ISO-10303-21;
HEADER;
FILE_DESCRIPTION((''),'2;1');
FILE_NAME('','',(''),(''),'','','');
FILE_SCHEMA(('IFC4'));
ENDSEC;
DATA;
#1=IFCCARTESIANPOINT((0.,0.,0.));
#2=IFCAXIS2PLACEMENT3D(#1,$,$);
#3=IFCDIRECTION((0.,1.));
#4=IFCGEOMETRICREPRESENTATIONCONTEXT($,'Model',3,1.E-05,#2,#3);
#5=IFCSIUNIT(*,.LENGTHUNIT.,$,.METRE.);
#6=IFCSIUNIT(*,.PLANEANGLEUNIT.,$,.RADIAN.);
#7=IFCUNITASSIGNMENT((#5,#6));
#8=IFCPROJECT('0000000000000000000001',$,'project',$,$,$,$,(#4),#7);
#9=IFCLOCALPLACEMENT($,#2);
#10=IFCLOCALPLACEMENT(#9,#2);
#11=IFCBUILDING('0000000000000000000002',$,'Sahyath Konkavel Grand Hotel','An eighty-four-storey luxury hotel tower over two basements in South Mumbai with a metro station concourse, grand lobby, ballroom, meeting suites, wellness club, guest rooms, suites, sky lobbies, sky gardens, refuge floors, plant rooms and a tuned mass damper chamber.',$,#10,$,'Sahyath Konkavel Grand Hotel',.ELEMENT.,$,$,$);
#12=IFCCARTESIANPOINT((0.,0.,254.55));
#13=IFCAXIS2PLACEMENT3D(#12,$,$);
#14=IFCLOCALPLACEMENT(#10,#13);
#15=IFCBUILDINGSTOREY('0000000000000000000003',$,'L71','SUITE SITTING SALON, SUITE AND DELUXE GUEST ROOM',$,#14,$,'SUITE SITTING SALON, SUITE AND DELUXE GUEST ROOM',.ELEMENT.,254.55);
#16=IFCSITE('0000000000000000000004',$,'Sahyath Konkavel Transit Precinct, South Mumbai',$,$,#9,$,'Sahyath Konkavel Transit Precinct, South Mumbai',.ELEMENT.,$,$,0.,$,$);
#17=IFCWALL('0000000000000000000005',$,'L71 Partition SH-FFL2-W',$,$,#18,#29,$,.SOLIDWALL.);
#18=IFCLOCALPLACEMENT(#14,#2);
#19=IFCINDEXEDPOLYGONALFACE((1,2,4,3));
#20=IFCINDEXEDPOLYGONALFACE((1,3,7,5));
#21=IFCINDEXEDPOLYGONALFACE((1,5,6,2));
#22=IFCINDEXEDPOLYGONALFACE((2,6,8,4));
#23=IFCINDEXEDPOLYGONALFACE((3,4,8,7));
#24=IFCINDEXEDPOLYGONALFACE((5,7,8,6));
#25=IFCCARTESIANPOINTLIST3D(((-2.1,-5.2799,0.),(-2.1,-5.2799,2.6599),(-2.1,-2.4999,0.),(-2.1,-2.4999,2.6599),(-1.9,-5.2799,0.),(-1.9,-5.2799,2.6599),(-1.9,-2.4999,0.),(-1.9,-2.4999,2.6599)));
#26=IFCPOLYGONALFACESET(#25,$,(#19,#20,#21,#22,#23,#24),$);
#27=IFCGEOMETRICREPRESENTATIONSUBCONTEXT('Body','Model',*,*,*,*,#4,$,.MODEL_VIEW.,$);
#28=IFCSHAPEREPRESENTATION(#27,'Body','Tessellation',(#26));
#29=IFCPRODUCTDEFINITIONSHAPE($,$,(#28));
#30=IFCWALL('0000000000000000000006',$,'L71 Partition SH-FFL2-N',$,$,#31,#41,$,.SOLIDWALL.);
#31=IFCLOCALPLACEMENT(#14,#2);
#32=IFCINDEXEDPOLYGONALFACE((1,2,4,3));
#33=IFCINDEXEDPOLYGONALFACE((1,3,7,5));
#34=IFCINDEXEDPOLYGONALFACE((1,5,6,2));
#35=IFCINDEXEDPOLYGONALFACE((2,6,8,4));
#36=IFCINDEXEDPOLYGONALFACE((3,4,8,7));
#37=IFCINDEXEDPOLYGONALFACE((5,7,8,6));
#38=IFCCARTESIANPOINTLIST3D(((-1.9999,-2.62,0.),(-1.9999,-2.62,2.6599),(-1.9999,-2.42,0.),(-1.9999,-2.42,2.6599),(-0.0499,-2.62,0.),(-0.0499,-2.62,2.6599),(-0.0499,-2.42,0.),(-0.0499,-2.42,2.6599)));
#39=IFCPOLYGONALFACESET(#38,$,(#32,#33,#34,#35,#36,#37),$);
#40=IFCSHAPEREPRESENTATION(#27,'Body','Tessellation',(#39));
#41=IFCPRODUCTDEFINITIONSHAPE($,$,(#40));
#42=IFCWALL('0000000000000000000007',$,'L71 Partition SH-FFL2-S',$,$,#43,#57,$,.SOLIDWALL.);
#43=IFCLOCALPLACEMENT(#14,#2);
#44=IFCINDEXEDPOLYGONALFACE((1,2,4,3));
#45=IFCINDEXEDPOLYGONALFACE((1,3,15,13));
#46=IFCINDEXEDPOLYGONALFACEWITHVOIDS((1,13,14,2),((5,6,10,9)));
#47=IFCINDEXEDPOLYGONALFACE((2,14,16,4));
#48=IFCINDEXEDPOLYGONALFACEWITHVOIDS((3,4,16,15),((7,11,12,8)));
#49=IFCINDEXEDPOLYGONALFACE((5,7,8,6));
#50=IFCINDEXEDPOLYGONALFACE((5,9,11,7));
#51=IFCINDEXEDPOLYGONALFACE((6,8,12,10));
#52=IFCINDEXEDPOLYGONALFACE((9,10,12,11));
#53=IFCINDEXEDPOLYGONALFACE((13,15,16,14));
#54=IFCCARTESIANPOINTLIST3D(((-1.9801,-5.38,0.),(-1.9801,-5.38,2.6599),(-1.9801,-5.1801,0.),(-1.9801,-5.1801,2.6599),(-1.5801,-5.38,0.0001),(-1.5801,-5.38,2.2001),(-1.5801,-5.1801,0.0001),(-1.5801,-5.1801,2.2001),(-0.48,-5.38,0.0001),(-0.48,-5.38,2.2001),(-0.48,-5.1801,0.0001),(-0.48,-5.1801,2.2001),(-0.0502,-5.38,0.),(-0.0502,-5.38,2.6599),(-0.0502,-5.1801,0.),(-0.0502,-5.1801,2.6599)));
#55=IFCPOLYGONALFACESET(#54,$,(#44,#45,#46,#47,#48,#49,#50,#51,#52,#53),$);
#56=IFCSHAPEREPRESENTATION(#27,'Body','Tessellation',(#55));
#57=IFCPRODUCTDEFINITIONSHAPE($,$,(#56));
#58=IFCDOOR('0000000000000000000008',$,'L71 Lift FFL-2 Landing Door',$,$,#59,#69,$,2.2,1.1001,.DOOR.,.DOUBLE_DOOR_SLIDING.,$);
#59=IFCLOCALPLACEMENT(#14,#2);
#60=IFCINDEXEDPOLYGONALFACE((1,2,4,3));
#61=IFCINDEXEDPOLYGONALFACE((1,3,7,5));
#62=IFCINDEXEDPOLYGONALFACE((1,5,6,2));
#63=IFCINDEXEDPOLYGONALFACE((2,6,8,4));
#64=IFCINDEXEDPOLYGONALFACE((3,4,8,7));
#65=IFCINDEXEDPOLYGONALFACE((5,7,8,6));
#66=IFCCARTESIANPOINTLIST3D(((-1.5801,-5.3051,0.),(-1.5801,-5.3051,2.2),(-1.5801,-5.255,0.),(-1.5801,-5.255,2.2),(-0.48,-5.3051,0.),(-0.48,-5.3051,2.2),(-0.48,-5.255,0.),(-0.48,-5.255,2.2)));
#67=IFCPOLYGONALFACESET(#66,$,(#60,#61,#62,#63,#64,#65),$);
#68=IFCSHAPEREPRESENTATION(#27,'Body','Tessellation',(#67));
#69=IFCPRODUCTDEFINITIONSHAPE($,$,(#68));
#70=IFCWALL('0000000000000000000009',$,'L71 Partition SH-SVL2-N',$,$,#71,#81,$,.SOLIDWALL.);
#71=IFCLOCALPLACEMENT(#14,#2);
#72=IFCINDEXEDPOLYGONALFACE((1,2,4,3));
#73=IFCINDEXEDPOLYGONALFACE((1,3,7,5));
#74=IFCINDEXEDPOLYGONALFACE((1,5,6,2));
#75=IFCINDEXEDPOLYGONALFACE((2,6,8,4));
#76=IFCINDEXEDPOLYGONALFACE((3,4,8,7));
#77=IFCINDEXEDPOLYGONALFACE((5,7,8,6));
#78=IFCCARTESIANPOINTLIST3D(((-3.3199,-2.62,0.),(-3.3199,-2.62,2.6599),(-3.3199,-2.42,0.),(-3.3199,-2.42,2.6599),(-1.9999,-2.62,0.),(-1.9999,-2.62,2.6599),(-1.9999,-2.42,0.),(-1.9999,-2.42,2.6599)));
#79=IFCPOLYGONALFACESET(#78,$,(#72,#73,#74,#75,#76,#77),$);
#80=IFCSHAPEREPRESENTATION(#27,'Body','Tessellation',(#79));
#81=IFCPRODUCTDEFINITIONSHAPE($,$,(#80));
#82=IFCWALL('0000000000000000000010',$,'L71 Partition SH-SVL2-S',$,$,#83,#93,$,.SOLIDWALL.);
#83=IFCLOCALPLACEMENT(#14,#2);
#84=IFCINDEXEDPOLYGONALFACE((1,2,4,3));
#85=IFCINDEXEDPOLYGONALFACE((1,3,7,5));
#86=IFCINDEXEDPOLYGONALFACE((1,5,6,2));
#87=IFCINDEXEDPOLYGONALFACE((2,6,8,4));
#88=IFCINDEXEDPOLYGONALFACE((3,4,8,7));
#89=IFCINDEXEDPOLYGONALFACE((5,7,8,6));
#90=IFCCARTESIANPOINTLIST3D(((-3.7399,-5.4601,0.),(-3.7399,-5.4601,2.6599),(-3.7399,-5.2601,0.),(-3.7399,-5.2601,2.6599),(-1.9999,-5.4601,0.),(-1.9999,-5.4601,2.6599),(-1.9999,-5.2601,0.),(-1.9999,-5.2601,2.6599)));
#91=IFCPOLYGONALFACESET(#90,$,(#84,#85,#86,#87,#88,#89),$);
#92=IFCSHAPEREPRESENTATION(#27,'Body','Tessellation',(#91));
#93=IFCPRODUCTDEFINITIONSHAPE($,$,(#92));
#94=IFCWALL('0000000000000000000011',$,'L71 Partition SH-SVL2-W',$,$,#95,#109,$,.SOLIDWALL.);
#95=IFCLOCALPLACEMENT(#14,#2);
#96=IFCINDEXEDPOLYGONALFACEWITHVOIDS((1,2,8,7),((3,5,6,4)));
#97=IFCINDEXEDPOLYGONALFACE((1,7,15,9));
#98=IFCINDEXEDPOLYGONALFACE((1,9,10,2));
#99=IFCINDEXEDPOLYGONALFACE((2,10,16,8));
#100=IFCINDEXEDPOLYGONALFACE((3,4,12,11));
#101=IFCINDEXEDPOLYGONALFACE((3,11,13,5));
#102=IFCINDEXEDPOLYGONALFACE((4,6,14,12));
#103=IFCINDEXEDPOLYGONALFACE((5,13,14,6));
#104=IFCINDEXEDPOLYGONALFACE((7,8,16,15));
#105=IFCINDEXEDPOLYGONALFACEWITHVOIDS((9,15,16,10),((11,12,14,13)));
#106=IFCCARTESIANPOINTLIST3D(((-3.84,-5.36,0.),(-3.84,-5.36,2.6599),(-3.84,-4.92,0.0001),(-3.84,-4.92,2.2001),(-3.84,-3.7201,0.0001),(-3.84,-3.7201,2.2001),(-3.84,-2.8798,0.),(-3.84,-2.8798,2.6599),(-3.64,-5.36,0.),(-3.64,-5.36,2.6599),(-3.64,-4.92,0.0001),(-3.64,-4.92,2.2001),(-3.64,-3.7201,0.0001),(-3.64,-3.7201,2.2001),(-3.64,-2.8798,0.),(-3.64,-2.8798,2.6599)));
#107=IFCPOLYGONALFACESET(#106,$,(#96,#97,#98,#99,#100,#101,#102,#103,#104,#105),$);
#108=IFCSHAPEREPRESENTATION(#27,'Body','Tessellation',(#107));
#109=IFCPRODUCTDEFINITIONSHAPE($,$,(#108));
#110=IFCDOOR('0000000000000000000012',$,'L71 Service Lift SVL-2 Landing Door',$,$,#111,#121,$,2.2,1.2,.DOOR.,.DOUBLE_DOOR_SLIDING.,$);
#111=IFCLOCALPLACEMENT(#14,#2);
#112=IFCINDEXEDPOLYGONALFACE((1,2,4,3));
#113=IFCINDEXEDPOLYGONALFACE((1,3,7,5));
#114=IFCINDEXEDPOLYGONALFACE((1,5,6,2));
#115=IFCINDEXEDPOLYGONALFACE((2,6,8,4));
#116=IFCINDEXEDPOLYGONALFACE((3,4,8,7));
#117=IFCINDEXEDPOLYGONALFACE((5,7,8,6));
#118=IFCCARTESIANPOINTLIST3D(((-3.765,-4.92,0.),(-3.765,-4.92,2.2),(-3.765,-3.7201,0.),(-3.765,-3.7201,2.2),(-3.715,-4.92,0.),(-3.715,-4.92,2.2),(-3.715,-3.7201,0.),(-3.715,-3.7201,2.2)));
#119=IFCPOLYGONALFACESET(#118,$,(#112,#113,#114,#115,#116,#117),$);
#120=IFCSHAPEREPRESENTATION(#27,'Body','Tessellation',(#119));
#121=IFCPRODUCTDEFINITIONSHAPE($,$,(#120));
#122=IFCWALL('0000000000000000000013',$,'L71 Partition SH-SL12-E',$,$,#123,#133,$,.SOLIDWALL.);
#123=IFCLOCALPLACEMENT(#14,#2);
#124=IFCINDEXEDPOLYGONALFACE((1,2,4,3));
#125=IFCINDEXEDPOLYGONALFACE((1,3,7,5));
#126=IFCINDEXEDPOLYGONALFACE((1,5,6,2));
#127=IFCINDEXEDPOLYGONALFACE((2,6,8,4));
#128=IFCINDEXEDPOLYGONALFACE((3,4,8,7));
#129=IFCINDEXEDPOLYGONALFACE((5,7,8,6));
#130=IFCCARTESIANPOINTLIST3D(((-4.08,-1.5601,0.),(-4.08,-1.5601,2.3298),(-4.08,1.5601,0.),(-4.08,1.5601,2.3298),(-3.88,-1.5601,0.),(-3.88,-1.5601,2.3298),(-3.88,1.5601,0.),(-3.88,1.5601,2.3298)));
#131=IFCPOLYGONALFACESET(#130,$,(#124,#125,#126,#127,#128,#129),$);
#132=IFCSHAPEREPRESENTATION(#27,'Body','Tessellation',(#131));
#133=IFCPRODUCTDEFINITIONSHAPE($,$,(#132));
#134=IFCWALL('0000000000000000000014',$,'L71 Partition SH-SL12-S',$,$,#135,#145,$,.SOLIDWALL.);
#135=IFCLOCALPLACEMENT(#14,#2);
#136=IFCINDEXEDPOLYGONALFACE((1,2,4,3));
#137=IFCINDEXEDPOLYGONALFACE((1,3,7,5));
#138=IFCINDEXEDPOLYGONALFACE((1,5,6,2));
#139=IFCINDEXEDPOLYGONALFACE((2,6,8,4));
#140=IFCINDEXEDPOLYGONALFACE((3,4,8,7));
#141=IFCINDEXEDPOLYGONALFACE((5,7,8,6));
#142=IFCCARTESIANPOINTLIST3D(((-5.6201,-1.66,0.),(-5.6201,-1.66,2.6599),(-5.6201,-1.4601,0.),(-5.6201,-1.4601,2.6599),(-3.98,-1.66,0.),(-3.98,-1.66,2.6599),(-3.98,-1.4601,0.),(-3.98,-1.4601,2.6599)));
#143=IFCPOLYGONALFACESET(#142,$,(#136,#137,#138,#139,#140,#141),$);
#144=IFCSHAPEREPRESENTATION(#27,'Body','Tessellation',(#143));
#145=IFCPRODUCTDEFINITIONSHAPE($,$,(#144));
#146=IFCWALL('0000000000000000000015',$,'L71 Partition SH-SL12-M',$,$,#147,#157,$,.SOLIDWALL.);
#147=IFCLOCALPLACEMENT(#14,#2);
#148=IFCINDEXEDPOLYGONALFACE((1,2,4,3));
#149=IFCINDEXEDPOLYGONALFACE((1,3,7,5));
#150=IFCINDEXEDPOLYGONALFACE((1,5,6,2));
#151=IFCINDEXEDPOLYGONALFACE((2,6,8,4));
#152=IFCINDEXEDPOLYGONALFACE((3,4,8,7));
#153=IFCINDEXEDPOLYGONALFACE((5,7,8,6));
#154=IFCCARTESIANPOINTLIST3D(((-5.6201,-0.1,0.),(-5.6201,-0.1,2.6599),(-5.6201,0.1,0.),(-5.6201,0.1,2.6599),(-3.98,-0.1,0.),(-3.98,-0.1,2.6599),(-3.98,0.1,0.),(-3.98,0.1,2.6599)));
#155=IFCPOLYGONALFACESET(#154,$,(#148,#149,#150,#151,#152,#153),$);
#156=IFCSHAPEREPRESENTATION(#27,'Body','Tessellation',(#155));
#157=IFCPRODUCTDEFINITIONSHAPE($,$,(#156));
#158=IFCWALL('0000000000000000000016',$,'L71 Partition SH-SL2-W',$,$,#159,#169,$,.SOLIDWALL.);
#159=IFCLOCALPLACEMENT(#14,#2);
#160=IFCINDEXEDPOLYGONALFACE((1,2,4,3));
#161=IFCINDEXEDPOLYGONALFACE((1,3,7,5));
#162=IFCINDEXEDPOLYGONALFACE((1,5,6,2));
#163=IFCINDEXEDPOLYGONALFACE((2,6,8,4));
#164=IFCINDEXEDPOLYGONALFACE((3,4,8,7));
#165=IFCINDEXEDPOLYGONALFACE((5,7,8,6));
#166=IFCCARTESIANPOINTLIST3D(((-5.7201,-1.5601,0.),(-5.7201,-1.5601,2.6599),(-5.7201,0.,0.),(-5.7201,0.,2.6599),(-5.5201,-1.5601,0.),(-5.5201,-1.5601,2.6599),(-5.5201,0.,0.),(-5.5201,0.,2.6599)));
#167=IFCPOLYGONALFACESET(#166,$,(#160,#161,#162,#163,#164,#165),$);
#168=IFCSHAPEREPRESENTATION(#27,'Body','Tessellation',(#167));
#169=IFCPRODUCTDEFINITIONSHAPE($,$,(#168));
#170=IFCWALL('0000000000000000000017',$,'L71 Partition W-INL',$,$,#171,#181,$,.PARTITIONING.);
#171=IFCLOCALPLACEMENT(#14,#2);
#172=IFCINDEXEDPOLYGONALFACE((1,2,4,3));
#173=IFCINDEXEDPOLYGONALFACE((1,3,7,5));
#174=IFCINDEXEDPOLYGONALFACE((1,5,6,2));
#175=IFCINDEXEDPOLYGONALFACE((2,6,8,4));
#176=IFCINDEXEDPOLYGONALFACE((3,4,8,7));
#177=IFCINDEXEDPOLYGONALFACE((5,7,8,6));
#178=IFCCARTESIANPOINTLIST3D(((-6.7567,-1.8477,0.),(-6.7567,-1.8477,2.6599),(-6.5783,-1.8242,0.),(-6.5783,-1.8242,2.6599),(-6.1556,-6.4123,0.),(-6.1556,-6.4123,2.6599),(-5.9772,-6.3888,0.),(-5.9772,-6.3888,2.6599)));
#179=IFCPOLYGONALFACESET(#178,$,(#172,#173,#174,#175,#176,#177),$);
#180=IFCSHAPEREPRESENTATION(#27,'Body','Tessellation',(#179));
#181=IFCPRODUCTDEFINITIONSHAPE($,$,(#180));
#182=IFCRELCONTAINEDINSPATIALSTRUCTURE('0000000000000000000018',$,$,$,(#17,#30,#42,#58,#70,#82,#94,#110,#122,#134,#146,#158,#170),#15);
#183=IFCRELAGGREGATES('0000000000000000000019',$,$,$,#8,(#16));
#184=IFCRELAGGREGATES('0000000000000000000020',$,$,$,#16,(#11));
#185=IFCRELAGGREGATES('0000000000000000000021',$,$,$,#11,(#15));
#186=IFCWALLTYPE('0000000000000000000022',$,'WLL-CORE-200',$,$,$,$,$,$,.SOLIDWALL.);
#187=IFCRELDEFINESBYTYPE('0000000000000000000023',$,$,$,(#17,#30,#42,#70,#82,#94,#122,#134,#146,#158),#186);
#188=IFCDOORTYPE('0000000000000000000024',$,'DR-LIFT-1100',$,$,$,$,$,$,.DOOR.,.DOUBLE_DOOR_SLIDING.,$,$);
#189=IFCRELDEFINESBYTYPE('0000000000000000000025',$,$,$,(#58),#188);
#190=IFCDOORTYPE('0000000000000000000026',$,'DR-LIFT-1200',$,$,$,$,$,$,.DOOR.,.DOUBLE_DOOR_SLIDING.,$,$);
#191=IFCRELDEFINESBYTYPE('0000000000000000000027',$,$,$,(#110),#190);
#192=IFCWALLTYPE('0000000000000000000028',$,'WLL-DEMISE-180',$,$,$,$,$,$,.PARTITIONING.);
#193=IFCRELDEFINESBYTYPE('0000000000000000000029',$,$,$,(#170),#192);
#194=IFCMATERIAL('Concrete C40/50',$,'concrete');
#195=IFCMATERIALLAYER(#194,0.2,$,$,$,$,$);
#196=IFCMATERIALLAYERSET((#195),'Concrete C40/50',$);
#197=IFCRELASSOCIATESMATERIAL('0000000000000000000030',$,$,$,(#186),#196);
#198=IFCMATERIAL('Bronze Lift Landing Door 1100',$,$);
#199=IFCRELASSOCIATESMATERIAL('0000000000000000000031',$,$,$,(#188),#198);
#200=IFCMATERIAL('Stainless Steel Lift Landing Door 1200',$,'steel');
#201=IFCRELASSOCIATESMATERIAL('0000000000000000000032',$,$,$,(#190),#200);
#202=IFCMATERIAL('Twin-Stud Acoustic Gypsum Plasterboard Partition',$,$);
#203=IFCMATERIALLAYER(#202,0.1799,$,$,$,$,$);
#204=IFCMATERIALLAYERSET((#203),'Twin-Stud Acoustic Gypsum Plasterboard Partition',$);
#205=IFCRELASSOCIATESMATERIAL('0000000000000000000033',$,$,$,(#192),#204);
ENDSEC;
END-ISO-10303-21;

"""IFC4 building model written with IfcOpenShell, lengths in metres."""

from ifc_helpers import new_model, si_unit, direction, frame, frame_2d, origin, origin_2d, place, context, subcontext, project, spatial, rectangle, extrude, source, transform, mapped, material, layer, layer_set, type_object, element, fill, save


model = new_model("IFC4")

# Units and contexts
model_context = context("Model", 3, precision=1e-05, world=origin(), true_north=direction((0.0, 1.0)))
body_context = subcontext(model_context, "Body", "Model", "MODEL_VIEW")
ifc_project = project(units=[si_unit("LENGTHUNIT", "METRE"), si_unit("PLANEANGLEUNIT", "RADIAN")], contexts=[model_context])

# Site, building, storey
site_placement = place(None, origin())
site = spatial("IfcSite", under=ifc_project, at=site_placement, Name="Sahyath Konkavel Transit Precinct, South Mumbai", LongName="Sahyath Konkavel Transit Precinct, South Mumbai", CompositionType="ELEMENT", RefElevation=0.0)
building_placement = place(site_placement, origin())
building = spatial("IfcBuilding", under=site, at=building_placement, Name="Sahyath Konkavel Grand Hotel", Description="An eighty-four-storey luxury hotel tower over two basements in South Mumbai with a metro station concourse, grand lobby, ballroom, meeting suites, wellness club, guest rooms, suites, sky lobbies, sky gardens, refuge floors, plant rooms and a tuned mass damper chamber.", LongName="Sahyath Konkavel Grand Hotel", CompositionType="ELEMENT")
storey_placement = place(building_placement, frame((0.0, 0.0, 254.55)))
storey = spatial("IfcBuildingStorey", under=building, at=storey_placement, Name="L71", Description="SUITE SITTING SALON, SUITE AND DELUXE GUEST ROOM", LongName="SUITE SITTING SALON, SUITE AND DELUXE GUEST ROOM", CompositionType="ELEMENT", Elevation=254.55)

# Shared definitions
ifc_material_1 = material(Name="Concrete C40/50", Category="concrete")

# Walls
ifc_layer_1 = layer(ifc_material_1, 0.2)
ifc_layer_set_1 = layer_set([ifc_layer_1], Name="Concrete C40/50")
wall_type_1 = type_object("IfcWallType", Name="WLL-CORE-200", PredefinedType="SOLIDWALL", material=ifc_layer_set_1)
wall_1_placement = place(storey_placement, frame((-2.0, -5.28, 0.0), z_axis=(0.0, 0.0, 1.0), x_axis=(0.0, 1.0, 0.0)))
element("IfcWall", 1, at=wall_1_placement, inside=storey, type_object=wall_type_1, Name="L71 Partition SH-FFL2-W", PredefinedType="SOLIDWALL", context=body_context, shape_type="SweptSolid", body=[
    extrude(rectangle(XDim=2.78, YDim=0.2, at=frame_2d((1.3901, 0.0))), origin(), (0.0, 0.0, 1.0), 2.6599),
])
wall_2_placement = place(storey_placement, frame((-2.0, -2.52, 0.0), z_axis=(0.0, 0.0, 1.0), x_axis=(1.0, 0.0, 0.0)))
element("IfcWall", 2, at=wall_2_placement, inside=storey, type_object=wall_type_1, Name="L71 Partition SH-FFL2-N", PredefinedType="SOLIDWALL", context=body_context, shape_type="SweptSolid", body=[
    extrude(rectangle(XDim=1.95, YDim=0.2, at=frame_2d((0.9751, 0.0))), origin(), (0.0, 0.0, 1.0), 2.6599),
])

# Wall, opening, door
wall_3_placement = place(storey_placement, frame((-1.98, -5.28, 0.0), z_axis=(0.0, 0.0, 1.0), x_axis=(1.0, 0.0, 0.0)))
wall_3 = element("IfcWall", 3, at=wall_3_placement, inside=storey, type_object=wall_type_1, Name="L71 Partition SH-FFL2-S", PredefinedType="SOLIDWALL", context=body_context, shape_type="SweptSolid", body=[
    extrude(rectangle(XDim=1.9299, YDim=0.2, at=frame_2d((0.9648, 0.0))), origin(), (0.0, 0.0, 1.0), 2.6599),
])
opening_1_placement = place(wall_3_placement, frame((0.3999, 0.0, 0.0)))
opening_1 = element("IfcOpeningElement", 4, at=opening_1_placement, cuts=wall_3, PredefinedType="OPENING", context=body_context, shape_type="SweptSolid", body=[
    extrude(rectangle(XDim=1.1001, YDim=2.2, at=frame_2d((0.55, 1.1001))), frame((0.0, 0.1099, 0.0), z_axis=(0.0, -1.0, 0.0), x_axis=(1.0, 0.0, 0.0)), (0.0, 0.0, 1.0), 0.22),
])
ifc_material_2 = material(Name="Bronze Lift Landing Door 1100")
door_type_1 = type_object("IfcDoorType", Name="DR-LIFT-1100", OperationType="DOUBLE_DOOR_SLIDING", PredefinedType="DOOR", material=ifc_material_2)
shared_shape_1 = source(origin(), body_context, "Body", "SweptSolid", [
    extrude(rectangle(XDim=1.1001, YDim=0.05, at=origin_2d()), origin(), (0.0, 0.0, 1.0), 2.2),
])
door_1_placement = place(opening_1_placement, frame((0.55, 0.0, 0.0)))
door_1 = element("IfcDoor", 5, at=door_1_placement, inside=storey, type_object=door_type_1, Name="L71 Lift FFL-2 Landing Door", OperationType="DOUBLE_DOOR_SLIDING", OverallHeight=2.2, OverallWidth=1.1001, PredefinedType="DOOR", context=body_context, shape_type="MappedRepresentation", body=[
    mapped(shared_shape_1, transform((0.0, 0.0, 0.0), scale=1.0)),
])
fill(opening_1, door_1)

# Walls
wall_4_placement = place(storey_placement, frame((-3.3201, -2.52, 0.0), z_axis=(0.0, 0.0, 1.0), x_axis=(1.0, 0.0, 0.0)))
element("IfcWall", 6, at=wall_4_placement, inside=storey, type_object=wall_type_1, Name="L71 Partition SH-SVL2-N", PredefinedType="SOLIDWALL", context=body_context, shape_type="SweptSolid", body=[
    extrude(rectangle(XDim=1.3201, YDim=0.2, at=frame_2d((0.6602, 0.0))), origin(), (0.0, 0.0, 1.0), 2.6599),
])
wall_5_placement = place(storey_placement, frame((-3.74, -5.3601, 0.0), z_axis=(0.0, 0.0, 1.0), x_axis=(1.0, 0.0, 0.0)))
element("IfcWall", 7, at=wall_5_placement, inside=storey, type_object=wall_type_1, Name="L71 Partition SH-SVL2-S", PredefinedType="SOLIDWALL", context=body_context, shape_type="SweptSolid", body=[
    extrude(rectangle(XDim=1.74, YDim=0.2, at=frame_2d((0.8701, 0.0))), origin(), (0.0, 0.0, 1.0), 2.6599),
])

# Wall, opening, door
wall_6_placement = place(storey_placement, frame((-3.74, -5.3601, 0.0), z_axis=(0.0, 0.0, 1.0), x_axis=(0.0, 1.0, 0.0)))
wall_6 = element("IfcWall", 8, at=wall_6_placement, inside=storey, type_object=wall_type_1, Name="L71 Partition SH-SVL2-W", PredefinedType="SOLIDWALL", context=body_context, shape_type="SweptSolid", body=[
    extrude(rectangle(XDim=2.4802, YDim=0.2, at=frame_2d((1.2402, 0.0))), origin(), (0.0, 0.0, 1.0), 2.6599),
])
opening_2_placement = place(wall_6_placement, frame((0.4399, 0.0, 0.0)))
opening_2 = element("IfcOpeningElement", 9, at=opening_2_placement, cuts=wall_6, PredefinedType="OPENING", context=body_context, shape_type="SweptSolid", body=[
    extrude(rectangle(XDim=1.2, YDim=2.2, at=frame_2d((0.6001, 1.1001))), frame((0.0, 0.1099, 0.0), z_axis=(0.0, -1.0, 0.0), x_axis=(1.0, 0.0, 0.0)), (0.0, 0.0, 1.0), 0.22),
])
ifc_material_3 = material(Name="Stainless Steel Lift Landing Door 1200", Category="steel")
door_type_2 = type_object("IfcDoorType", Name="DR-LIFT-1200", OperationType="DOUBLE_DOOR_SLIDING", PredefinedType="DOOR", material=ifc_material_3)
shared_shape_2 = source(origin(), body_context, "Body", "SweptSolid", [
    extrude(rectangle(XDim=1.2, YDim=0.05, at=origin_2d()), origin(), (0.0, 0.0, 1.0), 2.2),
])
door_2_placement = place(opening_2_placement, frame((0.6001, 0.0, 0.0)))
door_2 = element("IfcDoor", 10, at=door_2_placement, inside=storey, type_object=door_type_2, Name="L71 Service Lift SVL-2 Landing Door", OperationType="DOUBLE_DOOR_SLIDING", OverallHeight=2.2, OverallWidth=1.2, PredefinedType="DOOR", context=body_context, shape_type="MappedRepresentation", body=[
    mapped(shared_shape_2, transform((0.0, 0.0, 0.0), scale=1.0)),
])
fill(opening_2, door_2)

# Walls
wall_7_placement = place(storey_placement, frame((-3.98, -1.5601, 0.0), z_axis=(0.0, 0.0, 1.0), x_axis=(0.0, 1.0, 0.0)))
element("IfcWall", 11, at=wall_7_placement, inside=storey, type_object=wall_type_1, Name="L71 Partition SH-SL12-E", PredefinedType="SOLIDWALL", context=body_context, shape_type="SweptSolid", body=[
    extrude(rectangle(XDim=3.1201, YDim=0.2, at=frame_2d((1.5601, 0.0))), origin(), (0.0, 0.0, 1.0), 2.3298),
])
for number, where, z_axis, x_axis, name in (
    (12, (-5.6201, -1.5601, 0.0), (0.0, 0.0, 1.0), (1.0, 0.0, 0.0), "L71 Partition SH-SL12-S"),
    (13, (-5.6201, 0.0, 0.0), (0.0, 0.0, 1.0), (1.0, 0.0, 0.0), "L71 Partition SH-SL12-M"),
):
    element("IfcWall", number, at=place(storey_placement, frame(where, z_axis=z_axis, x_axis=x_axis)), inside=storey, type_object=wall_type_1, Name=name, PredefinedType="SOLIDWALL", context=body_context, shape_type="SweptSolid", body=[
        extrude(rectangle(XDim=1.6401, YDim=0.2, at=frame_2d((0.8201, 0.0))), origin(), (0.0, 0.0, 1.0), 2.6599),
    ])
wall_8_placement = place(storey_placement, frame((-5.6201, -1.5601, 0.0), z_axis=(0.0, 0.0, 1.0), x_axis=(0.0, 1.0, 0.0)))
element("IfcWall", 14, at=wall_8_placement, inside=storey, type_object=wall_type_1, Name="L71 Partition SH-SL2-W", PredefinedType="SOLIDWALL", context=body_context, shape_type="SweptSolid", body=[
    extrude(rectangle(XDim=1.5601, YDim=0.2, at=frame_2d((0.78, 0.0))), origin(), (0.0, 0.0, 1.0), 2.6599),
])
ifc_material_4 = material(Name="Twin-Stud Acoustic Gypsum Plasterboard Partition")
ifc_layer_2 = layer(ifc_material_4, 0.1799)
ifc_layer_set_2 = layer_set([ifc_layer_2], Name="Twin-Stud Acoustic Gypsum Plasterboard Partition")
wall_type_2 = type_object("IfcWallType", Name="WLL-DEMISE-180", PredefinedType="PARTITIONING", material=ifc_layer_set_2)
wall_9_placement = place(storey_placement, frame((-6.6675, -1.8359, 0.0), z_axis=(0.0, 0.0, 1.0), x_axis=(0.130552, -0.991441, 0.0)))
element("IfcWall", 15, at=wall_9_placement, inside=storey, type_object=wall_type_2, Name="L71 Partition W-INL", PredefinedType="PARTITIONING", context=body_context, shape_type="SweptSolid", body=[
    extrude(rectangle(XDim=4.604, YDim=0.1799, at=frame_2d((2.302, 0.0))), origin(), (0.0, 0.0, 1.0), 2.6599),
])

save(model, "model.ifc")
